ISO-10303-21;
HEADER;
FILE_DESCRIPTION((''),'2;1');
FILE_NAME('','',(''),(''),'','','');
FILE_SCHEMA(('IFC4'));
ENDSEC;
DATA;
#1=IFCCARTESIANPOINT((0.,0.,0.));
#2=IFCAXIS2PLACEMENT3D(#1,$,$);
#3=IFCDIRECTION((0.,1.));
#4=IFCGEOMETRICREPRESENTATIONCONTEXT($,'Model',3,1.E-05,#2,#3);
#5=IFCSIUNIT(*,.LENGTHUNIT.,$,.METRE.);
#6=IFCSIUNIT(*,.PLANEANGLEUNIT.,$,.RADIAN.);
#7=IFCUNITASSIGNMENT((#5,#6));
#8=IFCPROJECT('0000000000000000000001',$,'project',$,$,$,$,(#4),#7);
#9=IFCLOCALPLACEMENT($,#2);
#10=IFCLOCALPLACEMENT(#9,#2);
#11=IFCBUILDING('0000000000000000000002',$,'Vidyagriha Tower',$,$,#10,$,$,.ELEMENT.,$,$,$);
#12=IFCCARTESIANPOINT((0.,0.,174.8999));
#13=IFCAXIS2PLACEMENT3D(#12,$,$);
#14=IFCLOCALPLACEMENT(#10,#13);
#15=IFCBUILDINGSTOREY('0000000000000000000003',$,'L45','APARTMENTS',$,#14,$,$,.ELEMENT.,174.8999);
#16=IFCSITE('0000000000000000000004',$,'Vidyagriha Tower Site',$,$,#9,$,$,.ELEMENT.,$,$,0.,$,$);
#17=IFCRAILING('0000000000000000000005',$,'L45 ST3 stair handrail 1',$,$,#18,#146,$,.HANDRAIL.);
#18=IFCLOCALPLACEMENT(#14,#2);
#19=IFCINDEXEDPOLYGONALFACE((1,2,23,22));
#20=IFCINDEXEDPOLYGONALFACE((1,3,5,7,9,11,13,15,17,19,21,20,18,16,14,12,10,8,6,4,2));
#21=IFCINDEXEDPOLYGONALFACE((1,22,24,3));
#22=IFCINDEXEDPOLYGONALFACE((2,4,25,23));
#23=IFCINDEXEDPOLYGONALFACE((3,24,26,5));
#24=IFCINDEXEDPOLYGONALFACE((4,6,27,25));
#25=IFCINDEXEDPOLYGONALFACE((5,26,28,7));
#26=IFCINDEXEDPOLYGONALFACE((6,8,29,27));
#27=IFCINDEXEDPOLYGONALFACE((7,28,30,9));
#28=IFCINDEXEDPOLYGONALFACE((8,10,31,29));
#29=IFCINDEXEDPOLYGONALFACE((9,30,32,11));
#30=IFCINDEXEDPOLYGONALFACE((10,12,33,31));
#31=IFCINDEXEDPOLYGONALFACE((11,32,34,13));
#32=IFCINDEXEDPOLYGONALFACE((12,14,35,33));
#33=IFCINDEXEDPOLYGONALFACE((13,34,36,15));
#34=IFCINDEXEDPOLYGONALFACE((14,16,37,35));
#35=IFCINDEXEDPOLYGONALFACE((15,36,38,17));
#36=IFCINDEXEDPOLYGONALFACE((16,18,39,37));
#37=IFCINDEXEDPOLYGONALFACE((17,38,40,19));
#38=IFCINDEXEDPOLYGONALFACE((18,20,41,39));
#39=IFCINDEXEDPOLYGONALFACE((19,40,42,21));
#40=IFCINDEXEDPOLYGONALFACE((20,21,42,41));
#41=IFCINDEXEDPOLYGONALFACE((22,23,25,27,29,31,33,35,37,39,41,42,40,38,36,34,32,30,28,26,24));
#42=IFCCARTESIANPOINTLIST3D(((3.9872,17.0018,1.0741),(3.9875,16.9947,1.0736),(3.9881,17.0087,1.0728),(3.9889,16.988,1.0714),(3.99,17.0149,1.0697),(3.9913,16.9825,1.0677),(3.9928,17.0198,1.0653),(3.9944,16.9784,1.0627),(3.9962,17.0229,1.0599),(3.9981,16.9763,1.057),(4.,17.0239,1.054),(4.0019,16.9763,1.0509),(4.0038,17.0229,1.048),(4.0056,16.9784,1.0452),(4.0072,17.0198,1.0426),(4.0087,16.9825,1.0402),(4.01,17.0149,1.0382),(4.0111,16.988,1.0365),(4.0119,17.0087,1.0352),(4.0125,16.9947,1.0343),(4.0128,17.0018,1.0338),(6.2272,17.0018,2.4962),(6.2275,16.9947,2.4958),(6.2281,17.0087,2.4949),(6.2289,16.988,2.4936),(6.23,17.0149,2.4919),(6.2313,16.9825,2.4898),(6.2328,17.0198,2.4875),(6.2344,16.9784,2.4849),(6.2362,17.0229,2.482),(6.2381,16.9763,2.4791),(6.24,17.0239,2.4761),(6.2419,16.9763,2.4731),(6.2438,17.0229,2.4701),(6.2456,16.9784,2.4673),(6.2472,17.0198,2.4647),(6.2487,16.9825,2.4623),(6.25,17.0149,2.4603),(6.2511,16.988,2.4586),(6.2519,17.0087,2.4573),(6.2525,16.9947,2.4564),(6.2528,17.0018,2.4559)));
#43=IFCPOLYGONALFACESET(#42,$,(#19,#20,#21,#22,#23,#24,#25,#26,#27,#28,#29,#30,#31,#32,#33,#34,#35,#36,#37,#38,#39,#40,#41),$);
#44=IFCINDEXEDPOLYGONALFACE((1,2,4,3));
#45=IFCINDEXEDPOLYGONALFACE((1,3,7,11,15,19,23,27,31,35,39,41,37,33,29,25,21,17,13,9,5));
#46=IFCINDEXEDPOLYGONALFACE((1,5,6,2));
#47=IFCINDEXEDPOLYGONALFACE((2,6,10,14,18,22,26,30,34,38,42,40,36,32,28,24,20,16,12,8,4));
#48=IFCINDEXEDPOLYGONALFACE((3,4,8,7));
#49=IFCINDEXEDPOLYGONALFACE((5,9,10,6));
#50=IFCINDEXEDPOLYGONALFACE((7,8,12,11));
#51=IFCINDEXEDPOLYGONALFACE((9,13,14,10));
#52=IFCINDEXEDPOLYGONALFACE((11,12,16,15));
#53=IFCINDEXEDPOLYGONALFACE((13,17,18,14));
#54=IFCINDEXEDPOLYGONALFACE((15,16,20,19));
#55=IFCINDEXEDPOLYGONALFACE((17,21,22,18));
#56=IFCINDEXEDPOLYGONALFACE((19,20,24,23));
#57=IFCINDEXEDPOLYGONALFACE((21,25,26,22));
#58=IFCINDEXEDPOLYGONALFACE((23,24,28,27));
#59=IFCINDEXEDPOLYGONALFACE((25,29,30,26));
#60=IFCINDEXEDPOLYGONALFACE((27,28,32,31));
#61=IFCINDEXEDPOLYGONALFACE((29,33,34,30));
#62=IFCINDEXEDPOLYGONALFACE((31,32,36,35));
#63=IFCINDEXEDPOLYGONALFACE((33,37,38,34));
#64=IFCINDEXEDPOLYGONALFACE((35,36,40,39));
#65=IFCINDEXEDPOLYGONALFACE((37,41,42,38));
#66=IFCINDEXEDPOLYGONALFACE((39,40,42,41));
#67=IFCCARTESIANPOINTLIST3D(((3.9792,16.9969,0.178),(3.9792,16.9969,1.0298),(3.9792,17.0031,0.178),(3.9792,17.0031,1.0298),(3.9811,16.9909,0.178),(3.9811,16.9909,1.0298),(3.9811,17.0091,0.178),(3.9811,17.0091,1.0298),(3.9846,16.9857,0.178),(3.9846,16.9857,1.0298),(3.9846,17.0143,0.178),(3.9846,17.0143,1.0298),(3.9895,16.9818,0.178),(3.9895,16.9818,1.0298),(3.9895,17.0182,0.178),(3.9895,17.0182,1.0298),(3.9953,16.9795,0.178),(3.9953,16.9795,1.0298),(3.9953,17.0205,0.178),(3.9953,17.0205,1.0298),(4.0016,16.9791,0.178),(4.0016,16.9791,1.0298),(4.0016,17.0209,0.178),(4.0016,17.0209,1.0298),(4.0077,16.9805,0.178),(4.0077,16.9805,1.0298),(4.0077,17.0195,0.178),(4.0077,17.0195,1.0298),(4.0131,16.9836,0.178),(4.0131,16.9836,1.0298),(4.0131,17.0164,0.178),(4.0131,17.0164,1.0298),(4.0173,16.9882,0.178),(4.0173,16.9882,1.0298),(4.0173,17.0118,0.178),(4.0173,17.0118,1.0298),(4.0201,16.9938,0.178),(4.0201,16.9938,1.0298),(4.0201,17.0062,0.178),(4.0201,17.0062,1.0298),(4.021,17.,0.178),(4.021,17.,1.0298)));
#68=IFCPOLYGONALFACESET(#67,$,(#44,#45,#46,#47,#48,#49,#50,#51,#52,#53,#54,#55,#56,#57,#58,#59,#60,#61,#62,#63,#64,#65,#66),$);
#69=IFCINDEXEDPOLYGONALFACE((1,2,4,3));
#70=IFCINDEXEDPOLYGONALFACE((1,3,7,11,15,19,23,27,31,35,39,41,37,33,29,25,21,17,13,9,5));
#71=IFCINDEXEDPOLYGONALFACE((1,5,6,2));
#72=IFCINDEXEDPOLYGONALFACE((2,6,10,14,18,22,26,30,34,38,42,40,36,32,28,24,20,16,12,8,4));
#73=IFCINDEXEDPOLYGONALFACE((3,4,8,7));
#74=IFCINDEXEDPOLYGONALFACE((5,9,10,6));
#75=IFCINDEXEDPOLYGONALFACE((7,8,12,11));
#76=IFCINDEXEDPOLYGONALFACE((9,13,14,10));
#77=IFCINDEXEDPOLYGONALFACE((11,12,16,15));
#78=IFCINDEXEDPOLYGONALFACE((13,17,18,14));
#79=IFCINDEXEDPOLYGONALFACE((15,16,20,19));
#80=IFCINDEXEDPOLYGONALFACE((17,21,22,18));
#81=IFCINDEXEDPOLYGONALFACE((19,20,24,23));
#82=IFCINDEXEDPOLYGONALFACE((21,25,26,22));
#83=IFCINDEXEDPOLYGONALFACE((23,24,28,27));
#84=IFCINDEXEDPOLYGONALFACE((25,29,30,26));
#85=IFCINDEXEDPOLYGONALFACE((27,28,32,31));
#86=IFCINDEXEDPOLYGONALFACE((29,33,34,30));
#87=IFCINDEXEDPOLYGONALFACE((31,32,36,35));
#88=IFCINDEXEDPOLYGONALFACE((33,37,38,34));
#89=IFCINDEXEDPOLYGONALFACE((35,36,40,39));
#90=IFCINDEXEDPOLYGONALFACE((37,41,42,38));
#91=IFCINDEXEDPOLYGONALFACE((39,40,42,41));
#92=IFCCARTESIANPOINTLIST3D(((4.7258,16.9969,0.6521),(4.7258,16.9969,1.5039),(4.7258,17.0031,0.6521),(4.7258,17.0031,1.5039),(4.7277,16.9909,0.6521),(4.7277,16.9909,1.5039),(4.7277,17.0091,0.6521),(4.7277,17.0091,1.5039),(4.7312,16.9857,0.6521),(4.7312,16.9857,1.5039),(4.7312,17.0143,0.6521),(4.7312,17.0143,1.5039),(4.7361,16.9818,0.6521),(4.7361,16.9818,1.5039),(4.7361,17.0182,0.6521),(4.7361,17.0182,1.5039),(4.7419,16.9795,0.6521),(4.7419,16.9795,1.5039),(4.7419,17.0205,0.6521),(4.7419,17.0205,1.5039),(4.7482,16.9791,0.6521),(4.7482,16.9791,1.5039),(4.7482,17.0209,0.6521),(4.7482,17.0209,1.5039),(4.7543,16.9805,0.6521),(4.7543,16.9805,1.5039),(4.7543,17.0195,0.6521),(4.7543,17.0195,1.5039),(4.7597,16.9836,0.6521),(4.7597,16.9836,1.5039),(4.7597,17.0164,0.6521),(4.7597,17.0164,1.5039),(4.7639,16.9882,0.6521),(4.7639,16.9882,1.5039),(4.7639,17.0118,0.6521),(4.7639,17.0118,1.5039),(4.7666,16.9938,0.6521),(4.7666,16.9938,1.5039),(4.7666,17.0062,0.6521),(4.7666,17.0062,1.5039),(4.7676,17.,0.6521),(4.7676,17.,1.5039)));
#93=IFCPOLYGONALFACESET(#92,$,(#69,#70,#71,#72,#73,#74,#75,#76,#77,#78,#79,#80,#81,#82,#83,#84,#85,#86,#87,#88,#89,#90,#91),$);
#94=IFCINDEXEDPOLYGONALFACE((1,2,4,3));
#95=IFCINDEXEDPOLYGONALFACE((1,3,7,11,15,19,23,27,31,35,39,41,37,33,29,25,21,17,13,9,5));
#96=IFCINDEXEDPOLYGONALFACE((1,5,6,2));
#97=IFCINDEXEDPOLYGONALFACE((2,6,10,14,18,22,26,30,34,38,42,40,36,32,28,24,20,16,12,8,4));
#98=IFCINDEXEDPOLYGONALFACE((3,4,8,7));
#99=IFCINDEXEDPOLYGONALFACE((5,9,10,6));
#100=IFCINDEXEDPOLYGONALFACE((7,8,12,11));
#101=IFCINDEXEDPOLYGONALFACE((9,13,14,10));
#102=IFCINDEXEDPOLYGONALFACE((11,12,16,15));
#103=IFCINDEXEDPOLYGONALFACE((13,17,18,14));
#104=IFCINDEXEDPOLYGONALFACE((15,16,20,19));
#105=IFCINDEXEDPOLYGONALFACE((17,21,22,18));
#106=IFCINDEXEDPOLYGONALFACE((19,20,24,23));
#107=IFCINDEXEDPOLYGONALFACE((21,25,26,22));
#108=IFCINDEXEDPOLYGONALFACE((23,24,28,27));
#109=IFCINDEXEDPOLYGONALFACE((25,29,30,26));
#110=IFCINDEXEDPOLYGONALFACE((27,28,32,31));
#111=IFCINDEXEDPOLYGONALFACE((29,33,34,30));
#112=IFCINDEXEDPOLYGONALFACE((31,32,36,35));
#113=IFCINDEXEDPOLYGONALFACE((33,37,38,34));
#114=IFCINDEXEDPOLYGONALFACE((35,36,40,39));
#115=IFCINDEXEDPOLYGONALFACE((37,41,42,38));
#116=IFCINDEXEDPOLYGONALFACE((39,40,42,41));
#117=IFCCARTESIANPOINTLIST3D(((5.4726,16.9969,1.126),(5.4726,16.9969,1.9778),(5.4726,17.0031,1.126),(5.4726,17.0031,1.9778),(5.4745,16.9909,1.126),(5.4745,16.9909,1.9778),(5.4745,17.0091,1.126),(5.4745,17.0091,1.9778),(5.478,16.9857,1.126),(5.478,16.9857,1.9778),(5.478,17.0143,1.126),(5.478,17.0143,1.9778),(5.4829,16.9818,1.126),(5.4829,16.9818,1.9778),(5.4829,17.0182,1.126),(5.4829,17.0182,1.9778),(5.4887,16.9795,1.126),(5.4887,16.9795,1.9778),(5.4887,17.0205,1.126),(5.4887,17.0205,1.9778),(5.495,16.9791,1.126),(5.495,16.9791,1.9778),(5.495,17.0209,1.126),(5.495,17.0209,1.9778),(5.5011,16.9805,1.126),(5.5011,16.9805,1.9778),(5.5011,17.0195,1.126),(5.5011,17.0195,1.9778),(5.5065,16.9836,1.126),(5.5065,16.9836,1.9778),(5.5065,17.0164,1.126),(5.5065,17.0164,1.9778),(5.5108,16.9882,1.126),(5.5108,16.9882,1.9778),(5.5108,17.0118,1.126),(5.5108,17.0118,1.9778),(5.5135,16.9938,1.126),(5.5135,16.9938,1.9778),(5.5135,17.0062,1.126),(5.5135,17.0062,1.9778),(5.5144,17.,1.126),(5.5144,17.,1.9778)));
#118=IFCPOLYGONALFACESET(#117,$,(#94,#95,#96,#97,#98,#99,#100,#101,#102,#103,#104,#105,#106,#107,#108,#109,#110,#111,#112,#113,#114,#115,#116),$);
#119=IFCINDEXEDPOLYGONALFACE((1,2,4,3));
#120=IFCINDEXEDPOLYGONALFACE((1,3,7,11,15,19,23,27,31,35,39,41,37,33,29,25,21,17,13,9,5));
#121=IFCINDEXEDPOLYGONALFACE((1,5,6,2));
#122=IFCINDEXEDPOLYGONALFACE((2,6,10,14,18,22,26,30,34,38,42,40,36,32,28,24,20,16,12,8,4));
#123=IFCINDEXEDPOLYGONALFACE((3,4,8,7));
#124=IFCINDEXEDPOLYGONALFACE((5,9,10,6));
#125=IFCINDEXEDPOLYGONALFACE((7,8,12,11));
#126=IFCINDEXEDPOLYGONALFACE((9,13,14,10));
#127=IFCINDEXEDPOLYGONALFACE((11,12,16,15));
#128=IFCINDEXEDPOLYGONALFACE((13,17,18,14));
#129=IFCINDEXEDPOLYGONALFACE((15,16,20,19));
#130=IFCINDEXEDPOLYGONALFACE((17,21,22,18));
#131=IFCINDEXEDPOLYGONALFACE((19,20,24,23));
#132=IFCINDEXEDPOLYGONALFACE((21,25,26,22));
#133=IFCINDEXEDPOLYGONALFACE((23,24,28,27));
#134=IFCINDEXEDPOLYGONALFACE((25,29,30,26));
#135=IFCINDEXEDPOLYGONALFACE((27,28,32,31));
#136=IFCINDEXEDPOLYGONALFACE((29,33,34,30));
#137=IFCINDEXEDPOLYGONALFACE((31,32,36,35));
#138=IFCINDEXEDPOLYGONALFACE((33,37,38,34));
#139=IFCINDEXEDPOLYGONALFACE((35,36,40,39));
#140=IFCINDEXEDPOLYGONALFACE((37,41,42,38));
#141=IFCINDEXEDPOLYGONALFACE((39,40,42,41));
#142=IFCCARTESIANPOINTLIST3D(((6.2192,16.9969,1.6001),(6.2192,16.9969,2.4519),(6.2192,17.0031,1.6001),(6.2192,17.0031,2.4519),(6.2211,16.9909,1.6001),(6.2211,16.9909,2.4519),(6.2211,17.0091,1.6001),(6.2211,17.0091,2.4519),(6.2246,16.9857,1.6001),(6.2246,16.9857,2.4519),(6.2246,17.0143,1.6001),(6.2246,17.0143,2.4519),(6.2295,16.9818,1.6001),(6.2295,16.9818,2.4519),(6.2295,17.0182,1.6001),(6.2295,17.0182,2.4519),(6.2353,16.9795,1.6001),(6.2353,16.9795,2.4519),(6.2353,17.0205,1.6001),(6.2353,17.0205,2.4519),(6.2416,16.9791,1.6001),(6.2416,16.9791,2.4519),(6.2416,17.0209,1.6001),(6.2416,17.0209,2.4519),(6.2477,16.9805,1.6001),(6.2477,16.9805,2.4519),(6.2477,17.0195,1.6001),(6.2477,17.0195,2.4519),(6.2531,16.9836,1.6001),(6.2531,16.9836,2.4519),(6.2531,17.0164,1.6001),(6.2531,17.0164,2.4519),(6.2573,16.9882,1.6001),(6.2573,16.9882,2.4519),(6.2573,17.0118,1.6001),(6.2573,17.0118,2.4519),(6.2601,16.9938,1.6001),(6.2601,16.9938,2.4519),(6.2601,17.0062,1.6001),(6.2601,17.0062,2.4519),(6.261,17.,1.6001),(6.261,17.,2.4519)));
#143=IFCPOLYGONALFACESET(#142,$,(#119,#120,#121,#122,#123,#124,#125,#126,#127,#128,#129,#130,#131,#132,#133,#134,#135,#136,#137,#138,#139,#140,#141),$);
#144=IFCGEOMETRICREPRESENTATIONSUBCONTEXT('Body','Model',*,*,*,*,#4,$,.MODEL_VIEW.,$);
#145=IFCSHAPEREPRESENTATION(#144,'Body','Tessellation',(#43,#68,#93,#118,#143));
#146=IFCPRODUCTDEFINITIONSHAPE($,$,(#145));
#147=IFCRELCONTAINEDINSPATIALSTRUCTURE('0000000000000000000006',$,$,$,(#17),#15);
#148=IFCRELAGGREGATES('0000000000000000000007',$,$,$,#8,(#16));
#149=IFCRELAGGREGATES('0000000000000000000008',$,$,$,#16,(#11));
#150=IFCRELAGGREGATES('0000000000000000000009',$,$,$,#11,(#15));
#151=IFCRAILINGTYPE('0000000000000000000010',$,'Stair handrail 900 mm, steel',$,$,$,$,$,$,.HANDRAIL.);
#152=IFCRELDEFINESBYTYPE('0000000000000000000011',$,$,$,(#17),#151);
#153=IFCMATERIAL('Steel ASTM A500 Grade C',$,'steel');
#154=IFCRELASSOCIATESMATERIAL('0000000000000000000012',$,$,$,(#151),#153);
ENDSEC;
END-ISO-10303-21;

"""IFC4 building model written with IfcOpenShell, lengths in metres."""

from ifc_helpers import new_model, si_unit, direction, frame, origin, origin_2d, place, context, subcontext, project, spatial, circle, extrude, material, type_object, element, save


model = new_model("IFC4")

# Units and contexts
model_context = context("Model", 3, precision=1e-05, world=origin(), true_north=direction((0.0, 1.0)))
body_context = subcontext(model_context, "Body", "Model", "MODEL_VIEW")
ifc_project = project(units=[si_unit("LENGTHUNIT", "METRE"), si_unit("PLANEANGLEUNIT", "RADIAN")], contexts=[model_context])

# Site, building, storey
site_placement = place(None, origin())
site = spatial("IfcSite", under=ifc_project, at=site_placement, Name="Vidyagriha Tower Site", CompositionType="ELEMENT", RefElevation=0.0)
building_placement = place(site_placement, origin())
building = spatial("IfcBuilding", under=site, at=building_placement, Name="Vidyagriha Tower", CompositionType="ELEMENT")
storey_placement = place(building_placement, frame((0.0, 0.0, 174.8999)))
storey = spatial("IfcBuildingStorey", under=building, at=storey_placement, Name="L45", Description="APARTMENTS", CompositionType="ELEMENT", Elevation=174.8999)

# Railing
ifc_material_1 = material(Name="Steel ASTM A500 Grade C", Category="steel")
railing_type_1 = type_object("IfcRailingType", Name="Stair handrail 900 mm, steel", PredefinedType="HANDRAIL", material=ifc_material_1)
railing_1_placement = place(storey_placement, frame((4.0, 17.0, 0.178)))
element("IfcRailing", 1, at=railing_1_placement, inside=storey, type_object=railing_type_1, Name="L45 ST3 stair handrail 1", PredefinedType="HANDRAIL", context=body_context, shape_type="SweptSolid", body=[
    extrude(circle(Radius=0.0239, at=origin_2d()), frame((0.0, 0.0, 0.876), z_axis=(0.844229, 0.0, 0.535982), x_axis=(0.0, 1.0, 0.0)), (0.0, 0.0, 1.0), 2.6533),
    extrude(circle(Radius=0.021, at=origin_2d()), origin(), (0.0, 0.0, 1.0), 0.8518),
    extrude(circle(Radius=0.021, at=origin_2d()), frame((0.7466, 0.0, 0.4741)), (0.0, 0.0, 1.0), 0.8518),
    extrude(circle(Radius=0.021, at=origin_2d()), frame((1.4934, 0.0, 0.948)), (0.0, 0.0, 1.0), 0.8518),
    extrude(circle(Radius=0.021, at=origin_2d()), frame((2.24, 0.0, 1.4221)), (0.0, 0.0, 1.0), 0.8518),
])

save(model, "model.ifc")
